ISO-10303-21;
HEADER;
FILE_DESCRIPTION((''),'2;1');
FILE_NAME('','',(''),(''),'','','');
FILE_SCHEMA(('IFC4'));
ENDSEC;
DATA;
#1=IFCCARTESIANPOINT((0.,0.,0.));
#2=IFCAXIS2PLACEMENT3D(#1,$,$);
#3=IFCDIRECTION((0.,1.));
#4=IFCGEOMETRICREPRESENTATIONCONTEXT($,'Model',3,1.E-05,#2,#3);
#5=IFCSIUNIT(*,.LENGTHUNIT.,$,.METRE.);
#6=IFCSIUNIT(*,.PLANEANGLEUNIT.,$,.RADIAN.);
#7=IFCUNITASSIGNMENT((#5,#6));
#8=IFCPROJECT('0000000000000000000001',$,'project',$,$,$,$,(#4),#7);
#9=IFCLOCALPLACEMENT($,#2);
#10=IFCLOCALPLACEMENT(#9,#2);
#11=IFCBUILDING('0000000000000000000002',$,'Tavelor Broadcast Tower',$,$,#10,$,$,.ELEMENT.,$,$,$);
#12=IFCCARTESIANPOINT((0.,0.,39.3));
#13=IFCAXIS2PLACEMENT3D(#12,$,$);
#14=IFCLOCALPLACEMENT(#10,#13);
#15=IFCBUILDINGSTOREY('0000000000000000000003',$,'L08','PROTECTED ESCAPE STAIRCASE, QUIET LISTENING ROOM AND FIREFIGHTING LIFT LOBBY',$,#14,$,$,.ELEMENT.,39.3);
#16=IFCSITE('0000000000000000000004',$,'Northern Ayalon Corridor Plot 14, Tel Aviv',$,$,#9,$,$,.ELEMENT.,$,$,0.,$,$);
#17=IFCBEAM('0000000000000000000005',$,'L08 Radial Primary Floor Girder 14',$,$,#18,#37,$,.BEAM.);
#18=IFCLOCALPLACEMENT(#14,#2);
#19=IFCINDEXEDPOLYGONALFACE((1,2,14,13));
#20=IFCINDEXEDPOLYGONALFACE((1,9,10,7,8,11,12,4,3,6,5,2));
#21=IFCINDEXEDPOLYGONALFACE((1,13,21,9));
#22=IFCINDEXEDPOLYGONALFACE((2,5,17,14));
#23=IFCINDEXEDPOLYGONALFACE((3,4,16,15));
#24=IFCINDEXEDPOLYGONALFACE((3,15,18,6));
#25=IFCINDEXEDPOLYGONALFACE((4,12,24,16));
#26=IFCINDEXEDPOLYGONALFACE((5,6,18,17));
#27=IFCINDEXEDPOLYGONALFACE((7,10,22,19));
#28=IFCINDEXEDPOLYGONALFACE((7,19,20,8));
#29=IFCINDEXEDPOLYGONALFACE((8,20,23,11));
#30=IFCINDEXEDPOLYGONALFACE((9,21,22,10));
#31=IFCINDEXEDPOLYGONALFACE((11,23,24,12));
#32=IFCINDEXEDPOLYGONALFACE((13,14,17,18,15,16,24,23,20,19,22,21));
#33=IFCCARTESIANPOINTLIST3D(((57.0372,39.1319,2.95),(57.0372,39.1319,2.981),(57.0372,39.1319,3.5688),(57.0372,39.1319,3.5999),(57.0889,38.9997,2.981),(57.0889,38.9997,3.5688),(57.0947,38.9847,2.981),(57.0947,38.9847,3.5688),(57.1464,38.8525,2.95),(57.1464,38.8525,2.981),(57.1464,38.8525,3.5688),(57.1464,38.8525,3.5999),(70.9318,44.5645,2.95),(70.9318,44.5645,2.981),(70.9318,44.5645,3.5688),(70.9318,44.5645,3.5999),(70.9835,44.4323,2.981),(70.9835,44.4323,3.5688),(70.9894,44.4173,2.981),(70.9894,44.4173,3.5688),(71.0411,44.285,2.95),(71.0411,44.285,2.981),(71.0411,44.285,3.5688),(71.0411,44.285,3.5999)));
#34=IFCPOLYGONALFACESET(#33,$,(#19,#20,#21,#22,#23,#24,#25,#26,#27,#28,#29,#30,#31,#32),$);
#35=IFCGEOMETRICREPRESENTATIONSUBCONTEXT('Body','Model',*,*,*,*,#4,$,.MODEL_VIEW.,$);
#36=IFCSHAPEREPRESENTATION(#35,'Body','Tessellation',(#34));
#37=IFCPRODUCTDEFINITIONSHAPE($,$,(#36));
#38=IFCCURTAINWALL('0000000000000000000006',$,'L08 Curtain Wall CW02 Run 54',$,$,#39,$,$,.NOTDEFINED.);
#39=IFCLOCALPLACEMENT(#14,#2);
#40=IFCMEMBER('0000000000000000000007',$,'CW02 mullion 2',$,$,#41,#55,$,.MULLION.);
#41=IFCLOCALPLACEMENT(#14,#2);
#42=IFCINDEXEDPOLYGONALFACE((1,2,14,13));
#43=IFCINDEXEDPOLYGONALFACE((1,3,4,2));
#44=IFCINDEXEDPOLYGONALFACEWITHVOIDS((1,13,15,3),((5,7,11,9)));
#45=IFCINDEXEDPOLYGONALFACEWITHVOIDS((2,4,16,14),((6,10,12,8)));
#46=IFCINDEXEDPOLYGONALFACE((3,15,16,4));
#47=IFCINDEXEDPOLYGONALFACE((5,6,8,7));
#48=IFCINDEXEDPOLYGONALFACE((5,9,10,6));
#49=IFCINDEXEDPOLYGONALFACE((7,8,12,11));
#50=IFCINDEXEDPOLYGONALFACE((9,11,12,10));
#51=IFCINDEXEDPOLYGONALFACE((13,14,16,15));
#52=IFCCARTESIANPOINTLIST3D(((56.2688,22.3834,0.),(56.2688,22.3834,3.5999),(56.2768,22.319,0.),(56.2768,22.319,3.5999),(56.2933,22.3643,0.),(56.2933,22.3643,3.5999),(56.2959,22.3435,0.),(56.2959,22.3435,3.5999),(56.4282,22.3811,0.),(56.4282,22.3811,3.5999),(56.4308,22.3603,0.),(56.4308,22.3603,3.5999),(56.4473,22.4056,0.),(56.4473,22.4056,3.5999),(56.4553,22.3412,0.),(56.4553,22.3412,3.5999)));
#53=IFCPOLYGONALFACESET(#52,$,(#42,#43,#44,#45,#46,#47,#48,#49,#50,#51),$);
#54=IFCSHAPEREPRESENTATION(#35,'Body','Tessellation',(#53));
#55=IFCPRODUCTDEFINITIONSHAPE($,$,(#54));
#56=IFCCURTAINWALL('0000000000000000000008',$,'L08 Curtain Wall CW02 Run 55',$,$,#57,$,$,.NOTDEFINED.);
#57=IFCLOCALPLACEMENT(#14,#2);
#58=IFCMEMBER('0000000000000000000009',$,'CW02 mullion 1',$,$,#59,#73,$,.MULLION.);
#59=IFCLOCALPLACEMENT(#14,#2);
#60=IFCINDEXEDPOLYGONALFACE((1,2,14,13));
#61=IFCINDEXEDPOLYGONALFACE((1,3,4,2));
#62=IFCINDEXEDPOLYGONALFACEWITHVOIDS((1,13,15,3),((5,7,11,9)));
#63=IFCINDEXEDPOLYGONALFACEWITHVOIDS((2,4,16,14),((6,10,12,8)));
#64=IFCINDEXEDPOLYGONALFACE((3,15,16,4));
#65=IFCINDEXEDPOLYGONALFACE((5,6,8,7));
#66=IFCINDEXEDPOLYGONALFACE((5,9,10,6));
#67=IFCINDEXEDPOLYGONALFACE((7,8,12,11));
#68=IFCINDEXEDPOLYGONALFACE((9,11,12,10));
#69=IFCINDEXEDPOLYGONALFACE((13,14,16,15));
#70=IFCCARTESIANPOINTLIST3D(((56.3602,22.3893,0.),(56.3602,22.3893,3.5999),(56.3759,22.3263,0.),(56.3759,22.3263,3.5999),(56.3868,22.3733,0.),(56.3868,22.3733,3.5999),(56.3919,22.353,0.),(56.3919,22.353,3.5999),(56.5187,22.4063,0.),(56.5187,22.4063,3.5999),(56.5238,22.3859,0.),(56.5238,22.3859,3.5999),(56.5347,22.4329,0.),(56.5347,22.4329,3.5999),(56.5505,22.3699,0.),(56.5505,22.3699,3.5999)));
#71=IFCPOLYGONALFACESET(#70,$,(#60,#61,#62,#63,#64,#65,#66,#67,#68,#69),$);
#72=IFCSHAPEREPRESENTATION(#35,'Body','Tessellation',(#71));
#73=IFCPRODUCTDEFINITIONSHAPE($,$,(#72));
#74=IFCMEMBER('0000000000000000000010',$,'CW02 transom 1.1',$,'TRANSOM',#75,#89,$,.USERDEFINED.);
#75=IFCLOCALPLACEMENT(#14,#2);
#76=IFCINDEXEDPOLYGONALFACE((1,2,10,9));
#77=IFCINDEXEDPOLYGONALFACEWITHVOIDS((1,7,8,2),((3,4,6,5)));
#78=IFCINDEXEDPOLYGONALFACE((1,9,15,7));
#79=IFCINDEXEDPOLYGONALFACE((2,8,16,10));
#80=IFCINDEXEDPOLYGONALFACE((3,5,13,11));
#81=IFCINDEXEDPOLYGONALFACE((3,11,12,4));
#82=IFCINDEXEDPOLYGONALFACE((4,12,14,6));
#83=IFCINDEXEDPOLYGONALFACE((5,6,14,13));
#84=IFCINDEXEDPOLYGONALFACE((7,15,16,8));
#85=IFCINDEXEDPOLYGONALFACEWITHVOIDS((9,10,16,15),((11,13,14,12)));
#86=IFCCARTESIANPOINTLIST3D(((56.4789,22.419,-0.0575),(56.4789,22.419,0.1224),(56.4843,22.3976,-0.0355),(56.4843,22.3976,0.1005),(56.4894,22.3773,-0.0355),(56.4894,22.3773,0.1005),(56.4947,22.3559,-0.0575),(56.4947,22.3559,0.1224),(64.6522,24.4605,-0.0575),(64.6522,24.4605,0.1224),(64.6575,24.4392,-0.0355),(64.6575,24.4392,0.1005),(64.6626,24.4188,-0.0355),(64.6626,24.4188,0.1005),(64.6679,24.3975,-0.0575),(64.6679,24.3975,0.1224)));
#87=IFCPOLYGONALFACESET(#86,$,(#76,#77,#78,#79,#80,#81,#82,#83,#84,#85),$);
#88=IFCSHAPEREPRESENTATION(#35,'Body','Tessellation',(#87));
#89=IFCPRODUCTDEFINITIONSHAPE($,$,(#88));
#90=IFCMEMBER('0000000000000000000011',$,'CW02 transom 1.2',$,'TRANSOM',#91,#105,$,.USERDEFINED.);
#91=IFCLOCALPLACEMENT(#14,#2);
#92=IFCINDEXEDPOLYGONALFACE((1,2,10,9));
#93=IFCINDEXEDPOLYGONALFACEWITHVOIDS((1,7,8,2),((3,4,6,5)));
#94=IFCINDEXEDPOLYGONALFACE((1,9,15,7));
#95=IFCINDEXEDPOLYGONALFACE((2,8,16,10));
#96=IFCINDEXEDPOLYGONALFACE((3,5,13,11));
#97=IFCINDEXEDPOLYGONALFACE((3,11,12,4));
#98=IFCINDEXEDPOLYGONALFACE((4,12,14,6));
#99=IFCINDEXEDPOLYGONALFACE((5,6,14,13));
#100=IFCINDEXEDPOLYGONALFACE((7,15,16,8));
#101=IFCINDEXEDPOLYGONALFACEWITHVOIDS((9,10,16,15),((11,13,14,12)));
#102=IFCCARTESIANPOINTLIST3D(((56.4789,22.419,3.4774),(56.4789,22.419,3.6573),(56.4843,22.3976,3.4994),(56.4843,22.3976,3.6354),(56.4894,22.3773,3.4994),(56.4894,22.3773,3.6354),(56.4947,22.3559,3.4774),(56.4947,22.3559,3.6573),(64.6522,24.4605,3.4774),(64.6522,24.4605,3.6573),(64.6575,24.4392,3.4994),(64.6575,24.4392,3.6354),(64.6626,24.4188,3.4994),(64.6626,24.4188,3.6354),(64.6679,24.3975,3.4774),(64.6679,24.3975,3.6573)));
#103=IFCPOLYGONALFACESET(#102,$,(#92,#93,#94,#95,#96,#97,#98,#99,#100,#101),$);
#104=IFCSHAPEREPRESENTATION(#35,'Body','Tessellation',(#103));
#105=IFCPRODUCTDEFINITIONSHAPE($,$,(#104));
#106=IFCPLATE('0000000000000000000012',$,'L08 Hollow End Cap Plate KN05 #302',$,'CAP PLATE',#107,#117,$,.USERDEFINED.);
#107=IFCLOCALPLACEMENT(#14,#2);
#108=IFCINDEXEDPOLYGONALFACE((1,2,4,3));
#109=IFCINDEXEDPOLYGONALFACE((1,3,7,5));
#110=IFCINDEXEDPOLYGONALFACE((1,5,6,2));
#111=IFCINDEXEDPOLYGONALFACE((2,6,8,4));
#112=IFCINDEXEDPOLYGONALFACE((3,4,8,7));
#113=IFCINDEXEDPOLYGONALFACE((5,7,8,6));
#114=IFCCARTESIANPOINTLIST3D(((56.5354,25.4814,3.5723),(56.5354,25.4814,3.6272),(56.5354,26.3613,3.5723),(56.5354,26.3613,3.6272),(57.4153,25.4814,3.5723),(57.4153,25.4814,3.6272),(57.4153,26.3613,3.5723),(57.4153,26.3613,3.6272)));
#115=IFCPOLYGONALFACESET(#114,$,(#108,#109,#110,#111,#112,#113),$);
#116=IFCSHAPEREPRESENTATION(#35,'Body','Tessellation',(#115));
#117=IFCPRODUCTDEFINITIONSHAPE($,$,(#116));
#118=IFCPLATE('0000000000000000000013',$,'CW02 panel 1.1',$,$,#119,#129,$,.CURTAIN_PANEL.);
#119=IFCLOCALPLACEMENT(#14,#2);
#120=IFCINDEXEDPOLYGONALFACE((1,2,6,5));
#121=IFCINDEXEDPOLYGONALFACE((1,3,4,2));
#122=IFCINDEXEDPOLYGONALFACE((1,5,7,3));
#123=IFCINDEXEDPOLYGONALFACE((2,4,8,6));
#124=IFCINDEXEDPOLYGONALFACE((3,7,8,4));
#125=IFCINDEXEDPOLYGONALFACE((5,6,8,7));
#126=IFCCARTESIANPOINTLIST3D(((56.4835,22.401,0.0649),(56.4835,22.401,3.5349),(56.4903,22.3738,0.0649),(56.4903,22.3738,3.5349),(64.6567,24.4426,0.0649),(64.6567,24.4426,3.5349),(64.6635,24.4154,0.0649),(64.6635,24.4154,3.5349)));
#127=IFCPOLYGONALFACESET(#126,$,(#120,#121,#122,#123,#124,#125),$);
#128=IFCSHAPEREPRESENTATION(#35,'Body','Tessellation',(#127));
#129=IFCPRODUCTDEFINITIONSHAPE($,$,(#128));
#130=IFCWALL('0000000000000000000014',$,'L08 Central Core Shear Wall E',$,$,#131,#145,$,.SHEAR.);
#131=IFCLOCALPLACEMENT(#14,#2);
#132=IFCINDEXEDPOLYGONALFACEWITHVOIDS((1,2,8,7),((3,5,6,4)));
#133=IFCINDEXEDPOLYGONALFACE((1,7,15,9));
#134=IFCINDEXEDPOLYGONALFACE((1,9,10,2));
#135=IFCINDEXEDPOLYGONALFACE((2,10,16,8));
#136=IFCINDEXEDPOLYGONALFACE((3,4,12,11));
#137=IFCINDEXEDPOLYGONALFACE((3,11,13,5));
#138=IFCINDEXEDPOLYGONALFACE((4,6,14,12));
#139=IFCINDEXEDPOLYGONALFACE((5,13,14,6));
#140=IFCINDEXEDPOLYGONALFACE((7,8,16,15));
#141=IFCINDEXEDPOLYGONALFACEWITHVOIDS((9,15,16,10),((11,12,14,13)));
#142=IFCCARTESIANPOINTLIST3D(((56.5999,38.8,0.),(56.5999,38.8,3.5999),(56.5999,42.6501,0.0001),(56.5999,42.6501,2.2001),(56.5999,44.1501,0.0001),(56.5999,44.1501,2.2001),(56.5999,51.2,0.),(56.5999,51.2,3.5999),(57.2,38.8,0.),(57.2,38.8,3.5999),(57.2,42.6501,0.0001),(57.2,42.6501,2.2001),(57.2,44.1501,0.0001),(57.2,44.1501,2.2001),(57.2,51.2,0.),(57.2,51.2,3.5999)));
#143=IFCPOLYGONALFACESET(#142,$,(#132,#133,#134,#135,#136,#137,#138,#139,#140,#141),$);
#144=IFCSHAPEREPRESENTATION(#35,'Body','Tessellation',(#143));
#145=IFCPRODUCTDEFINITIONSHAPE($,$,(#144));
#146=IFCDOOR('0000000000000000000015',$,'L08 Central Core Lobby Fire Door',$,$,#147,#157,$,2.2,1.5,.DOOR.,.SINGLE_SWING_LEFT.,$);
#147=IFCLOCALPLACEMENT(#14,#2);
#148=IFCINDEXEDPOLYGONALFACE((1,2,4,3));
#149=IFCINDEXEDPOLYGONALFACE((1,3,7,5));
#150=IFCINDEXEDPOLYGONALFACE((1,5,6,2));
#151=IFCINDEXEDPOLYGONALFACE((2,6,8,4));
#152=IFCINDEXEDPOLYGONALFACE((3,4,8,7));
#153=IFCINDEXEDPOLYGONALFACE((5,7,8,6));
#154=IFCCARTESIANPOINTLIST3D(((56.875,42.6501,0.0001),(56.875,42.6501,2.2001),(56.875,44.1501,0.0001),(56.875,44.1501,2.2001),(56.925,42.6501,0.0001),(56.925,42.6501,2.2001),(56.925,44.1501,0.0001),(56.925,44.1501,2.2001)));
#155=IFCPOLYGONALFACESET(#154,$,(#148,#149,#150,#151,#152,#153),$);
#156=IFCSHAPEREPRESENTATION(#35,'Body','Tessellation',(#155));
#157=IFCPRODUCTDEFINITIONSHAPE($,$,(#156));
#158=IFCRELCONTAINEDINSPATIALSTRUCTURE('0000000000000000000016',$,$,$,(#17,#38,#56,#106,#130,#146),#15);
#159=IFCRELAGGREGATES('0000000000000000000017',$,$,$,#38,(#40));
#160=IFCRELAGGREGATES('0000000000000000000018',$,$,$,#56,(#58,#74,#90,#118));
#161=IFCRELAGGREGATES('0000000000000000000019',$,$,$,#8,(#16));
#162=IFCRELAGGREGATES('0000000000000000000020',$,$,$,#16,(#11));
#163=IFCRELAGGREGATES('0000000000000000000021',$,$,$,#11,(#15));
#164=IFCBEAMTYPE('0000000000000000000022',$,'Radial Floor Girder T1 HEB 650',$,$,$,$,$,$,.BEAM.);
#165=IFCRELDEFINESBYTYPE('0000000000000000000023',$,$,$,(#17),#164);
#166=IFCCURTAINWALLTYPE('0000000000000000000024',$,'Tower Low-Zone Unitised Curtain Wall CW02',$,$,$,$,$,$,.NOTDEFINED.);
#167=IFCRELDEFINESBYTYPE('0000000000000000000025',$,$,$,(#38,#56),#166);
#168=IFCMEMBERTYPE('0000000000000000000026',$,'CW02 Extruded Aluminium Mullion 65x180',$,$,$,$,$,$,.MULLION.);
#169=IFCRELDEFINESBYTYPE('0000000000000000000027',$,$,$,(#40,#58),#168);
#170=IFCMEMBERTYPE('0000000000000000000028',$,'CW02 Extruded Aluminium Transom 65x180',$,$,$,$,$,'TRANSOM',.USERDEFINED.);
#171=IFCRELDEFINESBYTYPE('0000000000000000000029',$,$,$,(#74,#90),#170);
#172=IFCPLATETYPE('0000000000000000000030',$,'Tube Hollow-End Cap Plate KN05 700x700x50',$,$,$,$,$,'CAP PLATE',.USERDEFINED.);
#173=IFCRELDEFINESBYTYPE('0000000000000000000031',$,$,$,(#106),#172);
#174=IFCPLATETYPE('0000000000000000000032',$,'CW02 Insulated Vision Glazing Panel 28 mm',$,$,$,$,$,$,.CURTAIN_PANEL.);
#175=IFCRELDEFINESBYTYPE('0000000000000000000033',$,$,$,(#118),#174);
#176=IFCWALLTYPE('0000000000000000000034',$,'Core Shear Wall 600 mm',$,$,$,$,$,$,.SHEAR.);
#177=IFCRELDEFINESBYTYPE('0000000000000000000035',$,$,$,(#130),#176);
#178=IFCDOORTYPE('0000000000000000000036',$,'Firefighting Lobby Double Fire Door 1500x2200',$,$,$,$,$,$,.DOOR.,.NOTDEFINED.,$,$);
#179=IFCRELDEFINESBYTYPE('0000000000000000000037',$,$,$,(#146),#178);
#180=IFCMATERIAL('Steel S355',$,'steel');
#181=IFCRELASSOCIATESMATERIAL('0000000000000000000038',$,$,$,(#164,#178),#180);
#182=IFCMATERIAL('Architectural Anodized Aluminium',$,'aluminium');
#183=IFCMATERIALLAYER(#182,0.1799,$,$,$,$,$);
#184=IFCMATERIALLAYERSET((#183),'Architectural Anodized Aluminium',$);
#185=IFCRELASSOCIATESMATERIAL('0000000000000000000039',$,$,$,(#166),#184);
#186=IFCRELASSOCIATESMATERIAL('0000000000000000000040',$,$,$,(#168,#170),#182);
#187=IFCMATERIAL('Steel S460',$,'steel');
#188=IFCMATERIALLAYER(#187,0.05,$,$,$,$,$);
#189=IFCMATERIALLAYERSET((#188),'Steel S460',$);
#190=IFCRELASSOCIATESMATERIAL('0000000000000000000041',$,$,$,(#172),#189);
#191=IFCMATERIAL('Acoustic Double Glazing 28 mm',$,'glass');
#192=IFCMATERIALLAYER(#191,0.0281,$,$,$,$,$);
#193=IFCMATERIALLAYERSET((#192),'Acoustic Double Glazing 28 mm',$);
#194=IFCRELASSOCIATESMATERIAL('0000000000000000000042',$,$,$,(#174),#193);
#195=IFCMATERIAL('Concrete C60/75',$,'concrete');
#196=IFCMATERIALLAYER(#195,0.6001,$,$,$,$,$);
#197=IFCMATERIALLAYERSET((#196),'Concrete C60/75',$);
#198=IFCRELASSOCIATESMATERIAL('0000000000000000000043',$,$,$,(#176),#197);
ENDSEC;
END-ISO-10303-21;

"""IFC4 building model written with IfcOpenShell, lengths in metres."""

from ifc_helpers import new_model, si_unit, direction, frame, frame_2d, origin, origin_2d, place, context, subcontext, project, spatial, rectangle, hollow_rectangle, i_section, extrude, source, transform, mapped, material, layer, layer_set, material_profile, profile_set, type_object, type_shapes, element, fill, aggregate, save


model = new_model("IFC4")

# Units and contexts
model_context = context("Model", 3, precision=1e-05, world=origin(), true_north=direction((0.0, 1.0)))
body_context = subcontext(model_context, "Body", "Model", "MODEL_VIEW")
ifc_project = project(units=[si_unit("LENGTHUNIT", "METRE"), si_unit("PLANEANGLEUNIT", "RADIAN")], contexts=[model_context])

# Site, building, storey
site_placement = place(None, origin())
site = spatial("IfcSite", under=ifc_project, at=site_placement, Name="Northern Ayalon Corridor Plot 14, Tel Aviv", CompositionType="ELEMENT", RefElevation=0.0)
building_placement = place(site_placement, origin())
building = spatial("IfcBuilding", under=site, at=building_placement, Name="Tavelor Broadcast Tower", CompositionType="ELEMENT")
storey_placement = place(building_placement, frame((0.0, 0.0, 39.3)))
storey = spatial("IfcBuildingStorey", under=building, at=storey_placement, Name="L08", Description="PROTECTED ESCAPE STAIRCASE, QUIET LISTENING ROOM AND FIREFIGHTING LIFT LOBBY", CompositionType="ELEMENT", Elevation=39.3)

# Shared definitions
ifc_material_1 = material(Name="Concrete C60/75", Category="concrete")
ifc_material_2 = material(Name="Steel S460", Category="steel")

# Beam
ifc_material_3 = material(Name="Steel S355", Category="steel")
ifc_material_profile_1 = material_profile(ifc_material_3, i_section(OverallWidth=0.3, OverallDepth=0.6499, WebThickness=0.0161, FlangeThickness=0.031, at=origin_2d()), Name="HEB 650")
ifc_profile_set_1 = profile_set([ifc_material_profile_1], Name="Steel S355")
beam_type_1 = type_object("IfcBeamType", Name="Radial Floor Girder T1 HEB 650", PredefinedType="BEAM", material=ifc_profile_set_1)
beam_1_placement = place(storey_placement, frame((57.0918, 38.9922, 3.2749), z_axis=(0.931344, 0.36414, 0.0), x_axis=(-0.36414, 0.931344, 0.0)))
element("IfcBeam", 1, at=beam_1_placement, inside=storey, type_object=beam_type_1, Name="L08 Radial Primary Floor Girder 14", PredefinedType="BEAM", context=body_context, shape_type="SweptSolid", body=[
    extrude(i_section(OverallWidth=0.3, OverallDepth=0.6499, WebThickness=0.0161, FlangeThickness=0.031, at=origin_2d()), origin(), (0.0, 0.0, 1.0), 14.9189),
])

# Curtain wall, member
ifc_material_4 = material(Name="Architectural Anodized Aluminium", Category="aluminium")
ifc_layer_1 = layer(ifc_material_4, 0.1799)
ifc_layer_set_1 = layer_set([ifc_layer_1], Name="Architectural Anodized Aluminium")
curtain_wall_type = type_object("IfcCurtainWallType", Name="Tower Low-Zone Unitised Curtain Wall CW02", PredefinedType="NOTDEFINED", material=ifc_layer_set_1)
curtain_wall_1_placement = place(storey_placement, origin())
curtain_wall_1 = element("IfcCurtainWall", 2, at=curtain_wall_1_placement, inside=storey, type_object=curtain_wall_type, Name="L08 Curtain Wall CW02 Run 54", PredefinedType="NOTDEFINED")
ifc_material_profile_2 = material_profile(ifc_material_4, hollow_rectangle(XDim=0.0649, YDim=0.1799, WallThickness=0.022, at=origin_2d()), Name="RHS 65x180x22")
ifc_profile_set_2 = profile_set([ifc_material_profile_2], Name="Architectural Anodized Aluminium")
member_type_1 = type_object("IfcMemberType", Name="CW02 Extruded Aluminium Mullion 65x180", PredefinedType="MULLION", material=ifc_profile_set_2)
shared_shape_1 = source(origin(), body_context, "Body", "SweptSolid", [
    extrude(hollow_rectangle(XDim=0.0649, YDim=0.1799, WallThickness=0.022, at=origin_2d()), origin(), (0.0, 0.0, 1.0), 3.5999),
])
type_shapes(member_type_1, [shared_shape_1])
member_1_placement = place(storey_placement, frame((56.3621, 22.3623, 0.0), z_axis=(0.0, 0.0, 1.0), x_axis=(-0.12318, 0.992384, 0.0)))
member_1 = element("IfcMember", 3, at=member_1_placement, type_object=member_type_1, Name="CW02 mullion 2", PredefinedType="MULLION", context=body_context, shape_type="MappedRepresentation", body=[
    mapped(shared_shape_1, transform((0.0, 0.0, 0.0), scale=1.0)),
])
aggregate(curtain_wall_1, [member_1])

# Curtain wall, members
curtain_wall_2_placement = place(storey_placement, origin())
curtain_wall_2 = element("IfcCurtainWall", 4, at=curtain_wall_2_placement, inside=storey, type_object=curtain_wall_type, Name="L08 Curtain Wall CW02 Run 55", PredefinedType="NOTDEFINED")
member_2_placement = place(storey_placement, frame((56.4553, 22.3796, 0.0), z_axis=(0.0, 0.0, 1.0), x_axis=(-0.242349, 0.970189, 0.0)))
member_2 = element("IfcMember", 5, at=member_2_placement, type_object=member_type_1, Name="CW02 mullion 1", PredefinedType="MULLION", context=body_context, shape_type="MappedRepresentation", body=[
    mapped(shared_shape_1, transform((0.0, 0.0, 0.0), scale=1.0)),
])
ifc_material_profile_3 = material_profile(ifc_material_4, hollow_rectangle(XDim=0.0649, YDim=0.1799, WallThickness=0.022, at=origin_2d()), Name="RHS 65x180x22")
ifc_profile_set_3 = profile_set([ifc_material_profile_3], Name="Architectural Anodized Aluminium")
member_type_2 = type_object("IfcMemberType", Name="CW02 Extruded Aluminium Transom 65x180", ElementType="TRANSOM", PredefinedType="USERDEFINED", material=ifc_profile_set_3)
shared_shape_2 = source(origin(), body_context, "Body", "SweptSolid", [
    extrude(hollow_rectangle(XDim=0.0649, YDim=0.1799, WallThickness=0.022, at=origin_2d()), origin(), (0.0, 0.0, 1.0), 8.4243),
])
type_shapes(member_type_2, [shared_shape_2])
member_3_placement = place(storey_placement, frame((56.4868, 22.3875, 0.0325), z_axis=(0.970192, 0.242338, 0.0), x_axis=(-0.242338, 0.970192, 0.0)))
member_3 = element("IfcMember", 6, at=member_3_placement, type_object=member_type_2, Name="CW02 transom 1.1", ObjectType="TRANSOM", PredefinedType="USERDEFINED", context=body_context, shape_type="MappedRepresentation", body=[
    mapped(shared_shape_2, transform((0.0, 0.0, 0.0), scale=1.0)),
])
member_4_placement = place(storey_placement, frame((56.4868, 22.3875, 3.5674), z_axis=(0.970192, 0.242338, 0.0), x_axis=(-0.242338, 0.970192, 0.0)))
member_4 = element("IfcMember", 7, at=member_4_placement, type_object=member_type_2, Name="CW02 transom 1.2", ObjectType="TRANSOM", PredefinedType="USERDEFINED", context=body_context, shape_type="MappedRepresentation", body=[
    mapped(shared_shape_2, transform((0.0, 0.0, 0.0), scale=1.0)),
])

# Plates
ifc_layer_2 = layer(ifc_material_2, 0.05)
ifc_layer_set_2 = layer_set([ifc_layer_2], Name="Steel S460")
plate_type_1 = type_object("IfcPlateType", Name="Tube Hollow-End Cap Plate KN05 700x700x50", ElementType="CAP PLATE", PredefinedType="USERDEFINED", material=ifc_layer_set_2)
shared_shape_3 = source(origin(), body_context, "Body", "SweptSolid", [
    extrude(rectangle(XDim=0.8799, YDim=0.8799, at=origin_2d()), origin(), (0.0, 0.0, 1.0), 0.0549),
])
type_shapes(plate_type_1, [shared_shape_3])
plate_1_placement = place(storey_placement, frame((56.9753, 25.9214, 3.5723), z_axis=(0.0, 0.0, 1.0), x_axis=(1.0, 0.0, 0.0)))
element("IfcPlate", 8, at=plate_1_placement, inside=storey, type_object=plate_type_1, Name="L08 Hollow End Cap Plate KN05 #302", ObjectType="CAP PLATE", PredefinedType="USERDEFINED", context=body_context, shape_type="MappedRepresentation", body=[
    mapped(shared_shape_3, transform((0.0, 0.0, 0.0), scale=1.0)),
])
ifc_material_5 = material(Name="Acoustic Double Glazing 28 mm", Category="glass")
ifc_layer_3 = layer(ifc_material_5, 0.0281)
ifc_layer_set_3 = layer_set([ifc_layer_3], Name="Acoustic Double Glazing 28 mm")
plate_type_2 = type_object("IfcPlateType", Name="CW02 Insulated Vision Glazing Panel 28 mm", PredefinedType="CURTAIN_PANEL", material=ifc_layer_set_3)
shared_shape_4 = source(origin(), body_context, "Body", "SweptSolid", [
    extrude(rectangle(XDim=8.4243, YDim=0.0281, at=origin_2d()), origin(), (0.0, 0.0, 1.0), 3.47),
])
type_shapes(plate_type_2, [shared_shape_4])
plate_2_placement = place(storey_placement, frame((60.5735, 23.4082, 0.0649), z_axis=(0.0, 0.0, 1.0), x_axis=(0.970189, 0.242349, 0.0)))
plate_2 = element("IfcPlate", 9, at=plate_2_placement, type_object=plate_type_2, Name="CW02 panel 1.1", PredefinedType="CURTAIN_PANEL", context=body_context, shape_type="MappedRepresentation", body=[
    mapped(shared_shape_4, transform((0.0, 0.0, 0.0), scale=1.0)),
])
aggregate(curtain_wall_2, [member_2, member_3, member_4, plate_2])

# Wall, opening, door
ifc_layer_4 = layer(ifc_material_1, 0.6001)
ifc_layer_set_4 = layer_set([ifc_layer_4], Name="Concrete C60/75")
wall_type_1 = type_object("IfcWallType", Name="Core Shear Wall 600 mm", PredefinedType="SHEAR", material=ifc_layer_set_4)
wall_1_placement = place(storey_placement, frame((56.8999, 38.8, 0.0), z_axis=(0.0, 0.0, 1.0), x_axis=(0.0, 1.0, 0.0)))
wall_1 = element("IfcWall", 10, at=wall_1_placement, inside=storey, type_object=wall_type_1, Name="L08 Central Core Shear Wall E", PredefinedType="SHEAR", context=body_context, shape_type="SweptSolid", body=[
    extrude(rectangle(XDim=12.3999, YDim=0.6001, at=frame_2d((6.2, 0.0))), origin(), (0.0, 0.0, 1.0), 3.5999),
])
opening_1_placement = place(wall_1_placement, frame((3.8501, 0.0, 0.0)))
opening_1 = element("IfcOpeningElement", 11, at=opening_1_placement, cuts=wall_1, PredefinedType="OPENING", context=body_context, shape_type="SweptSolid", body=[
    extrude(rectangle(XDim=1.5, YDim=2.2, at=frame_2d((0.75, 1.1001))), frame((0.0, 0.3101, 0.0), z_axis=(0.0, -1.0, 0.0), x_axis=(1.0, 0.0, 0.0)), (0.0, 0.0, 1.0), 0.6201),
])
door_type_1 = type_object("IfcDoorType", Name="Firefighting Lobby Double Fire Door 1500x2200", OperationType="NOTDEFINED", PredefinedType="DOOR", material=ifc_material_3)
door_1_placement = place(opening_1_placement, origin())
door_1 = element("IfcDoor", 12, at=door_1_placement, inside=storey, type_object=door_type_1, Name="L08 Central Core Lobby Fire Door", OperationType="SINGLE_SWING_LEFT", OverallHeight=2.2, OverallWidth=1.5, PredefinedType="DOOR", context=body_context, shape_type="SweptSolid", body=[
    extrude(rectangle(XDim=1.5, YDim=2.2, at=frame_2d((0.75, 1.1001))), frame((0.0, 0.0249, 0.0), z_axis=(0.0, -1.0, 0.0), x_axis=(1.0, 0.0, 0.0)), (0.0, 0.0, 1.0), 0.05),
])
fill(opening_1, door_1)

save(model, "model.ifc")
